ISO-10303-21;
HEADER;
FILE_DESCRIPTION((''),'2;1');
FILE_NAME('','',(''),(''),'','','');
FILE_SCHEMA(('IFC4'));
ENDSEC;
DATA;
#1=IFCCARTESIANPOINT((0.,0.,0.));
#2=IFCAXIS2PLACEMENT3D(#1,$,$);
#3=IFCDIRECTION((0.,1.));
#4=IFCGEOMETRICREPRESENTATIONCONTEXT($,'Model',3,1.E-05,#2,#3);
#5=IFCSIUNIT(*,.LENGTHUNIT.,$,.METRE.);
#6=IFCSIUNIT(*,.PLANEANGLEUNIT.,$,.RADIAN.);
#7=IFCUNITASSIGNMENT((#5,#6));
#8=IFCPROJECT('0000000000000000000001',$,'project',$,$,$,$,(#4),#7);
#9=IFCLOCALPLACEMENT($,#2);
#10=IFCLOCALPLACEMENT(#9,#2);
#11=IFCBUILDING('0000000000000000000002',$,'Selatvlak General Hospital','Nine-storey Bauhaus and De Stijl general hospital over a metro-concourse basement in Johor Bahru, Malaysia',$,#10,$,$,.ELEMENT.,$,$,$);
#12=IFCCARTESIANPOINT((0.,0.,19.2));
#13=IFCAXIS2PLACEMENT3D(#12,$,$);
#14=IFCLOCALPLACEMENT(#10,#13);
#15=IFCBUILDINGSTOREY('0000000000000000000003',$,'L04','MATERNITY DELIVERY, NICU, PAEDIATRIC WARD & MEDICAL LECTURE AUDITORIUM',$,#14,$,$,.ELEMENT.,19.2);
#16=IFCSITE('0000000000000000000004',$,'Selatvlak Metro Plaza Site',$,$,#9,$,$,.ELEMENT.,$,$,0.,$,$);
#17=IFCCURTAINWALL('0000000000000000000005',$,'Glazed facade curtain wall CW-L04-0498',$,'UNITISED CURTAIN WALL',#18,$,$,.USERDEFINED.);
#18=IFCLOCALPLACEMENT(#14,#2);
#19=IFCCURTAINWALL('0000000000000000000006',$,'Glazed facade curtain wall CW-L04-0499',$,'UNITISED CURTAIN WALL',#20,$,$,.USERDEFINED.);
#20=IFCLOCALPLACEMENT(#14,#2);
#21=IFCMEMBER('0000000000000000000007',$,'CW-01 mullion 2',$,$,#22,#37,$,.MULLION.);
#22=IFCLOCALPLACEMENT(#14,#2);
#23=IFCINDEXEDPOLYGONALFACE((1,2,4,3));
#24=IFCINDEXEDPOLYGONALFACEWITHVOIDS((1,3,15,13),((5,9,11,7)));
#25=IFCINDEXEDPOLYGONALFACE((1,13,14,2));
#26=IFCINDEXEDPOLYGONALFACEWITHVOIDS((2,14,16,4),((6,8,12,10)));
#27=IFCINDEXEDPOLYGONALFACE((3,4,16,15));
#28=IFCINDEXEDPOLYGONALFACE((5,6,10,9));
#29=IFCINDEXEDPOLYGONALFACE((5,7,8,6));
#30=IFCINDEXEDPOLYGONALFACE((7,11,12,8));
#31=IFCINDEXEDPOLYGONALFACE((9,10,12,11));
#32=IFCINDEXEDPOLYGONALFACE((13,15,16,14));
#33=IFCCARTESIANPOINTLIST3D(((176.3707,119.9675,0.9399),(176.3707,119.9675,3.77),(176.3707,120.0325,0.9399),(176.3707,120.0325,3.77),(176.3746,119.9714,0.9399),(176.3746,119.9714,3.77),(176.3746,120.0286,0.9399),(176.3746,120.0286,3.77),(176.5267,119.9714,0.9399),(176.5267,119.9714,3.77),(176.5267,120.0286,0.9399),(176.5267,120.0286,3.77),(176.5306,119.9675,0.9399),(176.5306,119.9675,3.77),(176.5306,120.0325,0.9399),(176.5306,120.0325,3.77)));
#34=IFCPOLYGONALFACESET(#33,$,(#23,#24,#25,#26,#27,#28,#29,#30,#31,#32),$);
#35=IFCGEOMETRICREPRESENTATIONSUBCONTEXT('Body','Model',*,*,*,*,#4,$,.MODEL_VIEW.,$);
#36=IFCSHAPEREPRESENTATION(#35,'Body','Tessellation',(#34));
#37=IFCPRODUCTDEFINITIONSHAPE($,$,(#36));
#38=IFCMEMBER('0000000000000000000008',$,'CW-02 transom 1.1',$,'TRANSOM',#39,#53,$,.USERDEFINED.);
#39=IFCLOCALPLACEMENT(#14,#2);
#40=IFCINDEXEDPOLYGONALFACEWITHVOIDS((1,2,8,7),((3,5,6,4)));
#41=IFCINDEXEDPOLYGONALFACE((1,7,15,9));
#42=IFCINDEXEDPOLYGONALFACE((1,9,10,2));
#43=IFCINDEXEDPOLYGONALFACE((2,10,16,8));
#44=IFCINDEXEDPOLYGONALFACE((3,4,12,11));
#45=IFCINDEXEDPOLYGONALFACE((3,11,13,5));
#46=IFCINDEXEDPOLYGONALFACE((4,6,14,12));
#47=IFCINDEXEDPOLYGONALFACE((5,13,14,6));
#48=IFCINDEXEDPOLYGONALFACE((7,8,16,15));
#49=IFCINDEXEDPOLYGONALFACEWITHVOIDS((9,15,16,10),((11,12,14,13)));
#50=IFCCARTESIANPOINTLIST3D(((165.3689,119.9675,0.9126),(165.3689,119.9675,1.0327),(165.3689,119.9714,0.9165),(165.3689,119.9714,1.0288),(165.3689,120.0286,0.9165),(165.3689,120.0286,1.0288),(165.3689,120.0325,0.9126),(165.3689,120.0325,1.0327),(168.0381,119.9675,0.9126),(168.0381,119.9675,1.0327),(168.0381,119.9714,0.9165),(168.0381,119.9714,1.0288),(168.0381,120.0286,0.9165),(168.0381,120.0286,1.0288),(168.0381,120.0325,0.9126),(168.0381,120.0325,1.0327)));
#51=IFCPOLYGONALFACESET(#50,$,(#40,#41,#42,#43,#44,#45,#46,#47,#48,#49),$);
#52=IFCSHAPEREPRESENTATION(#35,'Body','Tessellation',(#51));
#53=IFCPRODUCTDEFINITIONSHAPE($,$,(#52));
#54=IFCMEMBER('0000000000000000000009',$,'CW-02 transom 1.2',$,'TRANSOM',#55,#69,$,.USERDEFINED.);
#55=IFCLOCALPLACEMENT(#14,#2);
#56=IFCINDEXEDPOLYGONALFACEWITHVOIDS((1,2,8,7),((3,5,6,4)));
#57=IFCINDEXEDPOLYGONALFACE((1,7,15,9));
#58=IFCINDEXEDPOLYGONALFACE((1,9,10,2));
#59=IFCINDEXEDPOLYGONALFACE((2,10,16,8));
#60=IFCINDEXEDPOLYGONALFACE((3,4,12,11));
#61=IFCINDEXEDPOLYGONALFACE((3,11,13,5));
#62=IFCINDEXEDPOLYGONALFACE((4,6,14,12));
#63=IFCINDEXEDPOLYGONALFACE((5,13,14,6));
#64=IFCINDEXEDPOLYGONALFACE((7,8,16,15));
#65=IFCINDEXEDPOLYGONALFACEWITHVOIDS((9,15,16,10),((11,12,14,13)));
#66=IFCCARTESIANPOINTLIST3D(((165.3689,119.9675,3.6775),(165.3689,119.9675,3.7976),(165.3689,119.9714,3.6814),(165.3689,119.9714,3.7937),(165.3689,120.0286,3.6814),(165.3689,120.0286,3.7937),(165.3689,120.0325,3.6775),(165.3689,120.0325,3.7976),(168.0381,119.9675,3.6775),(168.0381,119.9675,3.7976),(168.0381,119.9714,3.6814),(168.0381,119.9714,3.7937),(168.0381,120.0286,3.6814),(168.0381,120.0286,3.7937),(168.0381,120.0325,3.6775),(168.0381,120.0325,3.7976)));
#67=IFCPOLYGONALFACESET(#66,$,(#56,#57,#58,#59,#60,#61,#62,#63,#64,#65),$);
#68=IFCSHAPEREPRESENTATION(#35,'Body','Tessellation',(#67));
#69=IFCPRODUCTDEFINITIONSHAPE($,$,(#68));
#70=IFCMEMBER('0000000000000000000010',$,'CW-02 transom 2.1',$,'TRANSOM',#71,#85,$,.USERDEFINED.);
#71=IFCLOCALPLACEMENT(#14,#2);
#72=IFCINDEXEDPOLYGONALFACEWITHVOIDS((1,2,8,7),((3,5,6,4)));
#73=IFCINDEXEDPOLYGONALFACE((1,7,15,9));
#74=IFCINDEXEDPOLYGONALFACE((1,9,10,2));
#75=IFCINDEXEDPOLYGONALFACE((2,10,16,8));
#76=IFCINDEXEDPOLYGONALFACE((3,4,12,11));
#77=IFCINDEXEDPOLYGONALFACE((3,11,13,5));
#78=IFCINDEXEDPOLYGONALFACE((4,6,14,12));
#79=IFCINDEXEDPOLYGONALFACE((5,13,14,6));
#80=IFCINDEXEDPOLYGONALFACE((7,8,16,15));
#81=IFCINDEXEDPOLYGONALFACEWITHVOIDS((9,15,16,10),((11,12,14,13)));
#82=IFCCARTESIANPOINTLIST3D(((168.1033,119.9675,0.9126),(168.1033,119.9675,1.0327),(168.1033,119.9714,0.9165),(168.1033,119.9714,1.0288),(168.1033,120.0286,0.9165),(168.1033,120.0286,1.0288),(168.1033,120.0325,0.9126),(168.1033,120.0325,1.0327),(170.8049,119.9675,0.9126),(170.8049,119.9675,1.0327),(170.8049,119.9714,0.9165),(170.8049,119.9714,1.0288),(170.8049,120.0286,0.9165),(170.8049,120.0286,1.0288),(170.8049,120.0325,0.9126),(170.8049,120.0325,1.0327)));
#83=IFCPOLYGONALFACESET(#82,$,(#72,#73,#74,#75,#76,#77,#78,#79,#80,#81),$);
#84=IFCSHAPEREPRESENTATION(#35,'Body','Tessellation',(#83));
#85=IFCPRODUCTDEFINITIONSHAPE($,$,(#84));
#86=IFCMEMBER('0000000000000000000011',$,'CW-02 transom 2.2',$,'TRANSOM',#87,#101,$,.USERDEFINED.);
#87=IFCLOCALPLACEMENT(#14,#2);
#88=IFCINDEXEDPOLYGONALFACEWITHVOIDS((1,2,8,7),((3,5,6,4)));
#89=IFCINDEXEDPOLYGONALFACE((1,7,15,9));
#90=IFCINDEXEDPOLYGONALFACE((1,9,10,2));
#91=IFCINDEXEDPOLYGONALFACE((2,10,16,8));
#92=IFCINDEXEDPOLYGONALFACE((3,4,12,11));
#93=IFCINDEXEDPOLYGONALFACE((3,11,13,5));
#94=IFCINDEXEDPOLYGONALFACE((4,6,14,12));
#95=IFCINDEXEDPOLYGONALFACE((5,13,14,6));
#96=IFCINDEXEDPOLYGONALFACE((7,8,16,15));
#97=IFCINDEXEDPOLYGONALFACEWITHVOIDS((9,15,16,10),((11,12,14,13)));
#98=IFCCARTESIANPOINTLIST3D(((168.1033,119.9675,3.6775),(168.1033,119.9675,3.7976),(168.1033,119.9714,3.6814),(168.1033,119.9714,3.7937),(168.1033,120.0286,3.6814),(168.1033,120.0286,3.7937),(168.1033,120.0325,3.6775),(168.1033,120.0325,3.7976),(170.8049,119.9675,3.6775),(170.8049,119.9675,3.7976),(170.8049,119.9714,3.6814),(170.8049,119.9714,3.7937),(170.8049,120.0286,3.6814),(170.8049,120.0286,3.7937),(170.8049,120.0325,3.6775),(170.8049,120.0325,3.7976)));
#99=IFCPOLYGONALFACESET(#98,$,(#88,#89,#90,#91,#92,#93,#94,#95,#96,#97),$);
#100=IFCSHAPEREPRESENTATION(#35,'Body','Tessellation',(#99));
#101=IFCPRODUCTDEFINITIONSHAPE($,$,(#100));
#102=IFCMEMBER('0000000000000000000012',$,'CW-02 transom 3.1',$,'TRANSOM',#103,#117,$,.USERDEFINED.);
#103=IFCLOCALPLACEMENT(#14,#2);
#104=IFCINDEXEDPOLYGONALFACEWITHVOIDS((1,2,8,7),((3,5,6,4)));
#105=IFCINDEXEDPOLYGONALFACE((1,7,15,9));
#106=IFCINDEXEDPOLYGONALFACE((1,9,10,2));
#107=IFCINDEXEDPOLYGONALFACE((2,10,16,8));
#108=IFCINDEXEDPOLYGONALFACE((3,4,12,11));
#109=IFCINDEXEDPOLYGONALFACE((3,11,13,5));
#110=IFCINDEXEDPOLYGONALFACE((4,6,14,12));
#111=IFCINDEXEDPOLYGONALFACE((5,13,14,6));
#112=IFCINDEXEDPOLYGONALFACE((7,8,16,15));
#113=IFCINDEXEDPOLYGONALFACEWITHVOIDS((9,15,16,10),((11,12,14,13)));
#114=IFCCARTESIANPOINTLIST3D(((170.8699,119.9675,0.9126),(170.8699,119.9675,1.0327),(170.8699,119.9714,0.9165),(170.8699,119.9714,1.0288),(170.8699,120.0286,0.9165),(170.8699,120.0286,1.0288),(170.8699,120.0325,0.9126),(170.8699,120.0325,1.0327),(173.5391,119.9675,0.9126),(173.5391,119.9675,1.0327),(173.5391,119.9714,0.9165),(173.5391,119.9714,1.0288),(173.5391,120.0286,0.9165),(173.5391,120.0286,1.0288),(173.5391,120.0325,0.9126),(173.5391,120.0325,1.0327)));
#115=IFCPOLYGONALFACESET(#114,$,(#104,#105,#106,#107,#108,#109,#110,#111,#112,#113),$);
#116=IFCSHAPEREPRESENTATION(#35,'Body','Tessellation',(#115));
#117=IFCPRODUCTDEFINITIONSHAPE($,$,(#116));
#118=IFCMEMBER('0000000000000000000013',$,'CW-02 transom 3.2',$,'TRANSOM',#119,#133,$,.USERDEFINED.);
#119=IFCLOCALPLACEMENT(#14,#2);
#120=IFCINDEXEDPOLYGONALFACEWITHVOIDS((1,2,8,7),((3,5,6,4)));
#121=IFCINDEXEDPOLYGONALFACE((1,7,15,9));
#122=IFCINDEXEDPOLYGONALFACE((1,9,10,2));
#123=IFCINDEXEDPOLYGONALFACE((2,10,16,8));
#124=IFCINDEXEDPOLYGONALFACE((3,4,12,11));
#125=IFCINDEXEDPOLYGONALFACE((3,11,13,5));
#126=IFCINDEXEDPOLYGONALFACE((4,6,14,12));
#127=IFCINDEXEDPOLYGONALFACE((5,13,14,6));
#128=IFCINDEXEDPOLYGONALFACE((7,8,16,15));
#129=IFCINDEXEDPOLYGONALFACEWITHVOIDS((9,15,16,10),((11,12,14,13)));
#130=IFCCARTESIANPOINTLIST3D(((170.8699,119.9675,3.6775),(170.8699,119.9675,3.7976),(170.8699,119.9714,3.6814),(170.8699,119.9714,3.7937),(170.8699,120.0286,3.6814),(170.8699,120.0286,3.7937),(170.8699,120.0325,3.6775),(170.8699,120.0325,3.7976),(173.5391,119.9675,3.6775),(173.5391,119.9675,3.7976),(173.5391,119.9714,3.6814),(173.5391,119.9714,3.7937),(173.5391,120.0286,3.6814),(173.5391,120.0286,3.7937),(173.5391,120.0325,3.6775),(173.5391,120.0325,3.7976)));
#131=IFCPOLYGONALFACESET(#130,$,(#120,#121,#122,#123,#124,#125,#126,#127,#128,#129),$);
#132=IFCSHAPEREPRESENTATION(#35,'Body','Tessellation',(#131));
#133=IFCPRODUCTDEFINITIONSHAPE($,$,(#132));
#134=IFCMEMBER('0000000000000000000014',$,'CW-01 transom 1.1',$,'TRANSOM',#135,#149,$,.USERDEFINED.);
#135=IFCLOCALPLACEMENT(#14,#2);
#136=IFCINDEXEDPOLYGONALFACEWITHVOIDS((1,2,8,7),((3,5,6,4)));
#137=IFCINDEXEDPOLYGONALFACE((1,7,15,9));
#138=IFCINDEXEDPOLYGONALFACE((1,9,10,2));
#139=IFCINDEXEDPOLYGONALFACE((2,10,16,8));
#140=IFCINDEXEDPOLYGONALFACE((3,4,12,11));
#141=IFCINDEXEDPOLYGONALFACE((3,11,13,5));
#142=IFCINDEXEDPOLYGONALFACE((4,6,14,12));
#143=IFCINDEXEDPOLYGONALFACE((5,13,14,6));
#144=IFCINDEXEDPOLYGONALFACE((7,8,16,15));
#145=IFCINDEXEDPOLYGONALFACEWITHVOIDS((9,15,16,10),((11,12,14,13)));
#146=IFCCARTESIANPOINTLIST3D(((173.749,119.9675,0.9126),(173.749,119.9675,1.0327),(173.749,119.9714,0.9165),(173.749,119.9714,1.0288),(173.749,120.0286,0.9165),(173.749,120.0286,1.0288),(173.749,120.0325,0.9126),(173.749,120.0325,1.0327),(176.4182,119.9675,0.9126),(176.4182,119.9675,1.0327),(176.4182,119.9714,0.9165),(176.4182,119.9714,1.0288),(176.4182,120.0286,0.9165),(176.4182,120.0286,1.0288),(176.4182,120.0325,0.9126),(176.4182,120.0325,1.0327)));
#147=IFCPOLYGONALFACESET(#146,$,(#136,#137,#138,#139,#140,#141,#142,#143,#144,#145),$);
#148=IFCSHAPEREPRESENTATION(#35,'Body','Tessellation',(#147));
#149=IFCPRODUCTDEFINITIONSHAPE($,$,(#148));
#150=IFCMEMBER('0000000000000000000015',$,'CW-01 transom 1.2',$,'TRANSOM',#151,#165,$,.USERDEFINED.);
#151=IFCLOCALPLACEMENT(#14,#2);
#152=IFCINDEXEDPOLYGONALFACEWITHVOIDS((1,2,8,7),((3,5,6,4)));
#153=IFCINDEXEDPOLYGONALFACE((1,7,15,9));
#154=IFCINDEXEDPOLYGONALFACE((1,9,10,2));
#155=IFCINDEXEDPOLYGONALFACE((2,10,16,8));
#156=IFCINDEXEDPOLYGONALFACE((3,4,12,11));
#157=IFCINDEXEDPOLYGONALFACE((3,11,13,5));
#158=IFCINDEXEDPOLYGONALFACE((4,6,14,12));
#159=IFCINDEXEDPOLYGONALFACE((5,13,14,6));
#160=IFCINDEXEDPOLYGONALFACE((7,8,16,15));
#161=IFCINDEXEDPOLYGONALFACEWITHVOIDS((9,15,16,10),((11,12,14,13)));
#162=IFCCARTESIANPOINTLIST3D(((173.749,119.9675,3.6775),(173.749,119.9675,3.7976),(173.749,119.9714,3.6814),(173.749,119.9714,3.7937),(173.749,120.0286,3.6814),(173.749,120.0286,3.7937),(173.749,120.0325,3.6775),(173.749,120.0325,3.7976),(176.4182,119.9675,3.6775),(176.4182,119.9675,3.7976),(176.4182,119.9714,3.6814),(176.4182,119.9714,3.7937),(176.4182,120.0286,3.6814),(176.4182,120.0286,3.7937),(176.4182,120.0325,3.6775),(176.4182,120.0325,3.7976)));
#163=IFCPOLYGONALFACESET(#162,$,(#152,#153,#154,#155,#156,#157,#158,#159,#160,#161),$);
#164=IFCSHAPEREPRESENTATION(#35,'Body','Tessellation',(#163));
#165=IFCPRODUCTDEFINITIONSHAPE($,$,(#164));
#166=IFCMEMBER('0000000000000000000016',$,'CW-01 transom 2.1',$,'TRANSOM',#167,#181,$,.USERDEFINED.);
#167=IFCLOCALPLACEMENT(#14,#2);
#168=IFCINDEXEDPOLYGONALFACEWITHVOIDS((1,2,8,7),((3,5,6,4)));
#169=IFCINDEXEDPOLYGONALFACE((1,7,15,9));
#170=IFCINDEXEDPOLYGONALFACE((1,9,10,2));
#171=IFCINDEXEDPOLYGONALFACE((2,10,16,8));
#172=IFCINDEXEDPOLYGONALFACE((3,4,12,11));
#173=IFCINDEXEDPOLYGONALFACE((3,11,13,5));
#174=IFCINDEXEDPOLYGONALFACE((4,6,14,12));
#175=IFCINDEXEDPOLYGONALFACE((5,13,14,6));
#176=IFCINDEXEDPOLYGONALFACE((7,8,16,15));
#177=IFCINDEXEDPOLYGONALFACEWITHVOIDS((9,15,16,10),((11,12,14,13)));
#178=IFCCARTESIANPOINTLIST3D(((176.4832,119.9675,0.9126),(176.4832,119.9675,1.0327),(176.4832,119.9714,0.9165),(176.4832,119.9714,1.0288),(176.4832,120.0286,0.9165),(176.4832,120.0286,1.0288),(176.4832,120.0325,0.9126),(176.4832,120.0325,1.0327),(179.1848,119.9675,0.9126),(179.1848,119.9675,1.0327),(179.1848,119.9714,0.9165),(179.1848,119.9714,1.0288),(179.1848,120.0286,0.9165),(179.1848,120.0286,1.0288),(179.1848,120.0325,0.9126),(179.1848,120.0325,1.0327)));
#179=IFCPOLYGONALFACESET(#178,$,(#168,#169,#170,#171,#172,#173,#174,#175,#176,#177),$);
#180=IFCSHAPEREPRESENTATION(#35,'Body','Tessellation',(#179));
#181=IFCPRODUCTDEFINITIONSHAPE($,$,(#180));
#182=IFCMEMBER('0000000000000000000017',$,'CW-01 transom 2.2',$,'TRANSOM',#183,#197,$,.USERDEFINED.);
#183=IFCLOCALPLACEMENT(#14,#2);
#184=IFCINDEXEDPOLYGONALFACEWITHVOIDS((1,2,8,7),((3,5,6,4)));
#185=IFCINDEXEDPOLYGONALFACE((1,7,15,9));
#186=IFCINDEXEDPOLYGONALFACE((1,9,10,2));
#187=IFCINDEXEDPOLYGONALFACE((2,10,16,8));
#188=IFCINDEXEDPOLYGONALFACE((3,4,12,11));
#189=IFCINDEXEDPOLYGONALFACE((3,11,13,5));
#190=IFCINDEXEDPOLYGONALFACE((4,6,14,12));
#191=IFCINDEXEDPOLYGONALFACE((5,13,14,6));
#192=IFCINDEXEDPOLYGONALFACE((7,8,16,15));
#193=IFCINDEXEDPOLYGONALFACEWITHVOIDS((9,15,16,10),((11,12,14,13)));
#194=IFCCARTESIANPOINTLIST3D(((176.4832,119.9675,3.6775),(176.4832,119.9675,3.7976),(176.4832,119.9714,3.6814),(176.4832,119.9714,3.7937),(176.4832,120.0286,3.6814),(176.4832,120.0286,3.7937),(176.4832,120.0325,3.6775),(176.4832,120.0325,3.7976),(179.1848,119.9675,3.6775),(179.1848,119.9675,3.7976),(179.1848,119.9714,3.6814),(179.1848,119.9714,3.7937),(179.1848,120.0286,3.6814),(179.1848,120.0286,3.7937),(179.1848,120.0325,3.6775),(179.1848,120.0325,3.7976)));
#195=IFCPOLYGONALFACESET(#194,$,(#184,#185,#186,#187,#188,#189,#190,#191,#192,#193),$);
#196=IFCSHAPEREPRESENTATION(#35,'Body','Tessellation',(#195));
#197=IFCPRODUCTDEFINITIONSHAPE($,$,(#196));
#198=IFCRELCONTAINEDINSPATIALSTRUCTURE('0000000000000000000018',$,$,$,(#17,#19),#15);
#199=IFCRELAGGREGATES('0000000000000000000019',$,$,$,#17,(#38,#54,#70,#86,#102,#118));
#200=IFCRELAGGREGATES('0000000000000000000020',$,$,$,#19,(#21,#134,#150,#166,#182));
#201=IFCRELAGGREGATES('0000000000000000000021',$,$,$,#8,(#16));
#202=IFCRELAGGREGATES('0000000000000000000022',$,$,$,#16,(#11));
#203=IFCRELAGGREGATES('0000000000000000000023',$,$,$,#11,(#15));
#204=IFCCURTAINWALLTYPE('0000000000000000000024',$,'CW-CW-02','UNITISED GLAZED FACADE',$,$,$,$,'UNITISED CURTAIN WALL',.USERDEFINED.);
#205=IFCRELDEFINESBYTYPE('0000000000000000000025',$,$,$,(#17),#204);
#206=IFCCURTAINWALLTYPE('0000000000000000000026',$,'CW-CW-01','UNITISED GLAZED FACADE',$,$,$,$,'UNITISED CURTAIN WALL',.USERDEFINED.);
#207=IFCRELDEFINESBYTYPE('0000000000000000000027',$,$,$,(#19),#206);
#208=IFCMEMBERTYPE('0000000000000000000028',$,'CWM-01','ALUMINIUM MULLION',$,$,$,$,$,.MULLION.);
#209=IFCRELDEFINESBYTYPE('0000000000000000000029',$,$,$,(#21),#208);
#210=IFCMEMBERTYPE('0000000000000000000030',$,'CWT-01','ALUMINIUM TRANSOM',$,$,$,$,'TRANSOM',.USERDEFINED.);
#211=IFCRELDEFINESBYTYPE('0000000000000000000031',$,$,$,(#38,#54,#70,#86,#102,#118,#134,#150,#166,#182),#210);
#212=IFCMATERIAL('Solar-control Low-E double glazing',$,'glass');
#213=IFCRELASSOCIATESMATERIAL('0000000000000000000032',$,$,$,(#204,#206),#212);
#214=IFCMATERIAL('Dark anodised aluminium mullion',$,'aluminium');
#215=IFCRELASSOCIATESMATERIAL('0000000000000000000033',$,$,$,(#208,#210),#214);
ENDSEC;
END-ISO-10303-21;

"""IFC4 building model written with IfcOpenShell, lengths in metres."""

from ifc_helpers import new_model, si_unit, direction, frame, origin, origin_2d, place, context, subcontext, project, spatial, hollow_rectangle, extrude, material, material_profile, profile_set, type_object, element, aggregate, save


model = new_model("IFC4")

# Units and contexts
model_context = context("Model", 3, precision=1e-05, world=origin(), true_north=direction((0.0, 1.0)))
body_context = subcontext(model_context, "Body", "Model", "MODEL_VIEW")
ifc_project = project(units=[si_unit("LENGTHUNIT", "METRE"), si_unit("PLANEANGLEUNIT", "RADIAN")], contexts=[model_context])

# Site, building, storey
site_placement = place(None, origin())
site = spatial("IfcSite", under=ifc_project, at=site_placement, Name="Selatvlak Metro Plaza Site", CompositionType="ELEMENT", RefElevation=0.0)
building_placement = place(site_placement, origin())
building = spatial("IfcBuilding", under=site, at=building_placement, Name="Selatvlak General Hospital", Description="Nine-storey Bauhaus and De Stijl general hospital over a metro-concourse basement in Johor Bahru, Malaysia", CompositionType="ELEMENT")
storey_placement = place(building_placement, frame((0.0, 0.0, 19.2)))
storey = spatial("IfcBuildingStorey", under=building, at=storey_placement, Name="L04", Description="MATERNITY DELIVERY, NICU, PAEDIATRIC WARD & MEDICAL LECTURE AUDITORIUM", CompositionType="ELEMENT", Elevation=19.2)

# Curtain walls, member
ifc_material_1 = material(Name="Solar-control Low-E double glazing", Category="glass")
curtain_wall_type_1 = type_object("IfcCurtainWallType", Name="CW-CW-02", Description="UNITISED GLAZED FACADE", ElementType="UNITISED CURTAIN WALL", PredefinedType="USERDEFINED", material=ifc_material_1)
curtain_wall_1_placement = place(storey_placement, origin())
curtain_wall_1 = element("IfcCurtainWall", 1, at=curtain_wall_1_placement, inside=storey, type_object=curtain_wall_type_1, Name="Glazed facade curtain wall CW-L04-0498", ObjectType="UNITISED CURTAIN WALL", PredefinedType="USERDEFINED")
ifc_material_2 = material(Name="Dark anodised aluminium mullion", Category="aluminium")
ifc_material_profile_1 = material_profile(ifc_material_2, hollow_rectangle(XDim=0.0649, YDim=0.1599, WallThickness=0.0039, at=origin_2d()), Name="AL-MUL 65x160x4")
ifc_profile_set_1 = profile_set([ifc_material_profile_1], Name="Dark anodised aluminium mullion")
member_type_1 = type_object("IfcMemberType", Name="CWM-01", Description="ALUMINIUM MULLION", PredefinedType="MULLION", material=ifc_profile_set_1)
curtain_wall_type_2 = type_object("IfcCurtainWallType", Name="CW-CW-01", Description="UNITISED GLAZED FACADE", ElementType="UNITISED CURTAIN WALL", PredefinedType="USERDEFINED", material=ifc_material_1)
curtain_wall_2_placement = place(storey_placement, origin())
curtain_wall_2 = element("IfcCurtainWall", 2, at=curtain_wall_2_placement, inside=storey, type_object=curtain_wall_type_2, Name="Glazed facade curtain wall CW-L04-0499", ObjectType="UNITISED CURTAIN WALL", PredefinedType="USERDEFINED")
member_1_placement = place(storey_placement, frame((176.4507, 120.0, 0.9399), z_axis=(0.0, 0.0, 1.0), x_axis=(0.0, 1.0, 0.0)))
member_1 = element("IfcMember", 3, at=member_1_placement, type_object=member_type_1, Name="CW-01 mullion 2", PredefinedType="MULLION", context=body_context, shape_type="SweptSolid", body=[
    extrude(hollow_rectangle(XDim=0.0649, YDim=0.1599, WallThickness=0.0039, at=origin_2d()), origin(), (0.0, 0.0, 1.0), 2.8301),
])

# Members
ifc_material_profile_2 = material_profile(ifc_material_2, hollow_rectangle(XDim=0.0649, YDim=0.1201, WallThickness=0.0039, at=origin_2d()), Name="AL-TRN 65x120x4")
ifc_profile_set_2 = profile_set([ifc_material_profile_2], Name="Dark anodised aluminium mullion")
member_type_2 = type_object("IfcMemberType", Name="CWT-01", Description="ALUMINIUM TRANSOM", ElementType="TRANSOM", PredefinedType="USERDEFINED", material=ifc_profile_set_2)
member_2_placement = place(storey_placement, frame((165.3689, 120.0, 0.9727), z_axis=(1.0, 0.0, 0.0), x_axis=(0.0, 1.0, 0.0)))
member_2 = element("IfcMember", 4, at=member_2_placement, type_object=member_type_2, Name="CW-02 transom 1.1", ObjectType="TRANSOM", PredefinedType="USERDEFINED", context=body_context, shape_type="SweptSolid", body=[
    extrude(hollow_rectangle(XDim=0.0649, YDim=0.1201, WallThickness=0.0039, at=origin_2d()), origin(), (0.0, 0.0, 1.0), 2.6692),
])
member_3_placement = place(storey_placement, frame((165.3689, 120.0, 3.7375), z_axis=(1.0, 0.0, 0.0), x_axis=(0.0, 1.0, 0.0)))
member_3 = element("IfcMember", 5, at=member_3_placement, type_object=member_type_2, Name="CW-02 transom 1.2", ObjectType="TRANSOM", PredefinedType="USERDEFINED", context=body_context, shape_type="SweptSolid", body=[
    extrude(hollow_rectangle(XDim=0.0649, YDim=0.1201, WallThickness=0.0039, at=origin_2d()), origin(), (0.0, 0.0, 1.0), 2.6692),
])
member_4_placement = place(storey_placement, frame((168.1033, 120.0, 0.9727), z_axis=(1.0, 0.0, 0.0), x_axis=(0.0, 1.0, 0.0)))
member_4 = element("IfcMember", 6, at=member_4_placement, type_object=member_type_2, Name="CW-02 transom 2.1", ObjectType="TRANSOM", PredefinedType="USERDEFINED", context=body_context, shape_type="SweptSolid", body=[
    extrude(hollow_rectangle(XDim=0.0649, YDim=0.1201, WallThickness=0.0039, at=origin_2d()), origin(), (0.0, 0.0, 1.0), 2.7017),
])
member_5_placement = place(storey_placement, frame((168.1033, 120.0, 3.7375), z_axis=(1.0, 0.0, 0.0), x_axis=(0.0, 1.0, 0.0)))
member_5 = element("IfcMember", 7, at=member_5_placement, type_object=member_type_2, Name="CW-02 transom 2.2", ObjectType="TRANSOM", PredefinedType="USERDEFINED", context=body_context, shape_type="SweptSolid", body=[
    extrude(hollow_rectangle(XDim=0.0649, YDim=0.1201, WallThickness=0.0039, at=origin_2d()), origin(), (0.0, 0.0, 1.0), 2.7017),
])
member_6_placement = place(storey_placement, frame((170.8699, 120.0, 0.9727), z_axis=(1.0, 0.0, 0.0), x_axis=(0.0, 1.0, 0.0)))
member_6 = element("IfcMember", 8, at=member_6_placement, type_object=member_type_2, Name="CW-02 transom 3.1", ObjectType="TRANSOM", PredefinedType="USERDEFINED", context=body_context, shape_type="SweptSolid", body=[
    extrude(hollow_rectangle(XDim=0.0649, YDim=0.1201, WallThickness=0.0039, at=origin_2d()), origin(), (0.0, 0.0, 1.0), 2.6692),
])
member_7_placement = place(storey_placement, frame((170.8699, 120.0, 3.7375), z_axis=(1.0, 0.0, 0.0), x_axis=(0.0, 1.0, 0.0)))
member_7 = element("IfcMember", 9, at=member_7_placement, type_object=member_type_2, Name="CW-02 transom 3.2", ObjectType="TRANSOM", PredefinedType="USERDEFINED", context=body_context, shape_type="SweptSolid", body=[
    extrude(hollow_rectangle(XDim=0.0649, YDim=0.1201, WallThickness=0.0039, at=origin_2d()), origin(), (0.0, 0.0, 1.0), 2.6692),
])
member_8_placement = place(storey_placement, frame((173.749, 120.0, 0.9727), z_axis=(1.0, 0.0, 0.0), x_axis=(0.0, 1.0, 0.0)))
member_8 = element("IfcMember", 10, at=member_8_placement, type_object=member_type_2, Name="CW-01 transom 1.1", ObjectType="TRANSOM", PredefinedType="USERDEFINED", context=body_context, shape_type="SweptSolid", body=[
    extrude(hollow_rectangle(XDim=0.0649, YDim=0.1201, WallThickness=0.0039, at=origin_2d()), origin(), (0.0, 0.0, 1.0), 2.6692),
])
member_9_placement = place(storey_placement, frame((173.749, 120.0, 3.7375), z_axis=(1.0, 0.0, 0.0), x_axis=(0.0, 1.0, 0.0)))
member_9 = element("IfcMember", 11, at=member_9_placement, type_object=member_type_2, Name="CW-01 transom 1.2", ObjectType="TRANSOM", PredefinedType="USERDEFINED", context=body_context, shape_type="SweptSolid", body=[
    extrude(hollow_rectangle(XDim=0.0649, YDim=0.1201, WallThickness=0.0039, at=origin_2d()), origin(), (0.0, 0.0, 1.0), 2.6692),
])
member_10_placement = place(storey_placement, frame((176.4832, 120.0, 0.9727), z_axis=(1.0, 0.0, 0.0), x_axis=(0.0, 1.0, 0.0)))
member_10 = element("IfcMember", 12, at=member_10_placement, type_object=member_type_2, Name="CW-01 transom 2.1", ObjectType="TRANSOM", PredefinedType="USERDEFINED", context=body_context, shape_type="SweptSolid", body=[
    extrude(hollow_rectangle(XDim=0.0649, YDim=0.1201, WallThickness=0.0039, at=origin_2d()), origin(), (0.0, 0.0, 1.0), 2.7017),
])
member_11_placement = place(storey_placement, frame((176.4832, 120.0, 3.7375), z_axis=(1.0, 0.0, 0.0), x_axis=(0.0, 1.0, 0.0)))
member_11 = element("IfcMember", 13, at=member_11_placement, type_object=member_type_2, Name="CW-01 transom 2.2", ObjectType="TRANSOM", PredefinedType="USERDEFINED", context=body_context, shape_type="SweptSolid", body=[
    extrude(hollow_rectangle(XDim=0.0649, YDim=0.1201, WallThickness=0.0039, at=origin_2d()), origin(), (0.0, 0.0, 1.0), 2.7017),
])

aggregate(curtain_wall_1, [member_2, member_3, member_4, member_5, member_6, member_7])
aggregate(curtain_wall_2, [member_1, member_8, member_9, member_10, member_11])

save(model, "model.ifc")
